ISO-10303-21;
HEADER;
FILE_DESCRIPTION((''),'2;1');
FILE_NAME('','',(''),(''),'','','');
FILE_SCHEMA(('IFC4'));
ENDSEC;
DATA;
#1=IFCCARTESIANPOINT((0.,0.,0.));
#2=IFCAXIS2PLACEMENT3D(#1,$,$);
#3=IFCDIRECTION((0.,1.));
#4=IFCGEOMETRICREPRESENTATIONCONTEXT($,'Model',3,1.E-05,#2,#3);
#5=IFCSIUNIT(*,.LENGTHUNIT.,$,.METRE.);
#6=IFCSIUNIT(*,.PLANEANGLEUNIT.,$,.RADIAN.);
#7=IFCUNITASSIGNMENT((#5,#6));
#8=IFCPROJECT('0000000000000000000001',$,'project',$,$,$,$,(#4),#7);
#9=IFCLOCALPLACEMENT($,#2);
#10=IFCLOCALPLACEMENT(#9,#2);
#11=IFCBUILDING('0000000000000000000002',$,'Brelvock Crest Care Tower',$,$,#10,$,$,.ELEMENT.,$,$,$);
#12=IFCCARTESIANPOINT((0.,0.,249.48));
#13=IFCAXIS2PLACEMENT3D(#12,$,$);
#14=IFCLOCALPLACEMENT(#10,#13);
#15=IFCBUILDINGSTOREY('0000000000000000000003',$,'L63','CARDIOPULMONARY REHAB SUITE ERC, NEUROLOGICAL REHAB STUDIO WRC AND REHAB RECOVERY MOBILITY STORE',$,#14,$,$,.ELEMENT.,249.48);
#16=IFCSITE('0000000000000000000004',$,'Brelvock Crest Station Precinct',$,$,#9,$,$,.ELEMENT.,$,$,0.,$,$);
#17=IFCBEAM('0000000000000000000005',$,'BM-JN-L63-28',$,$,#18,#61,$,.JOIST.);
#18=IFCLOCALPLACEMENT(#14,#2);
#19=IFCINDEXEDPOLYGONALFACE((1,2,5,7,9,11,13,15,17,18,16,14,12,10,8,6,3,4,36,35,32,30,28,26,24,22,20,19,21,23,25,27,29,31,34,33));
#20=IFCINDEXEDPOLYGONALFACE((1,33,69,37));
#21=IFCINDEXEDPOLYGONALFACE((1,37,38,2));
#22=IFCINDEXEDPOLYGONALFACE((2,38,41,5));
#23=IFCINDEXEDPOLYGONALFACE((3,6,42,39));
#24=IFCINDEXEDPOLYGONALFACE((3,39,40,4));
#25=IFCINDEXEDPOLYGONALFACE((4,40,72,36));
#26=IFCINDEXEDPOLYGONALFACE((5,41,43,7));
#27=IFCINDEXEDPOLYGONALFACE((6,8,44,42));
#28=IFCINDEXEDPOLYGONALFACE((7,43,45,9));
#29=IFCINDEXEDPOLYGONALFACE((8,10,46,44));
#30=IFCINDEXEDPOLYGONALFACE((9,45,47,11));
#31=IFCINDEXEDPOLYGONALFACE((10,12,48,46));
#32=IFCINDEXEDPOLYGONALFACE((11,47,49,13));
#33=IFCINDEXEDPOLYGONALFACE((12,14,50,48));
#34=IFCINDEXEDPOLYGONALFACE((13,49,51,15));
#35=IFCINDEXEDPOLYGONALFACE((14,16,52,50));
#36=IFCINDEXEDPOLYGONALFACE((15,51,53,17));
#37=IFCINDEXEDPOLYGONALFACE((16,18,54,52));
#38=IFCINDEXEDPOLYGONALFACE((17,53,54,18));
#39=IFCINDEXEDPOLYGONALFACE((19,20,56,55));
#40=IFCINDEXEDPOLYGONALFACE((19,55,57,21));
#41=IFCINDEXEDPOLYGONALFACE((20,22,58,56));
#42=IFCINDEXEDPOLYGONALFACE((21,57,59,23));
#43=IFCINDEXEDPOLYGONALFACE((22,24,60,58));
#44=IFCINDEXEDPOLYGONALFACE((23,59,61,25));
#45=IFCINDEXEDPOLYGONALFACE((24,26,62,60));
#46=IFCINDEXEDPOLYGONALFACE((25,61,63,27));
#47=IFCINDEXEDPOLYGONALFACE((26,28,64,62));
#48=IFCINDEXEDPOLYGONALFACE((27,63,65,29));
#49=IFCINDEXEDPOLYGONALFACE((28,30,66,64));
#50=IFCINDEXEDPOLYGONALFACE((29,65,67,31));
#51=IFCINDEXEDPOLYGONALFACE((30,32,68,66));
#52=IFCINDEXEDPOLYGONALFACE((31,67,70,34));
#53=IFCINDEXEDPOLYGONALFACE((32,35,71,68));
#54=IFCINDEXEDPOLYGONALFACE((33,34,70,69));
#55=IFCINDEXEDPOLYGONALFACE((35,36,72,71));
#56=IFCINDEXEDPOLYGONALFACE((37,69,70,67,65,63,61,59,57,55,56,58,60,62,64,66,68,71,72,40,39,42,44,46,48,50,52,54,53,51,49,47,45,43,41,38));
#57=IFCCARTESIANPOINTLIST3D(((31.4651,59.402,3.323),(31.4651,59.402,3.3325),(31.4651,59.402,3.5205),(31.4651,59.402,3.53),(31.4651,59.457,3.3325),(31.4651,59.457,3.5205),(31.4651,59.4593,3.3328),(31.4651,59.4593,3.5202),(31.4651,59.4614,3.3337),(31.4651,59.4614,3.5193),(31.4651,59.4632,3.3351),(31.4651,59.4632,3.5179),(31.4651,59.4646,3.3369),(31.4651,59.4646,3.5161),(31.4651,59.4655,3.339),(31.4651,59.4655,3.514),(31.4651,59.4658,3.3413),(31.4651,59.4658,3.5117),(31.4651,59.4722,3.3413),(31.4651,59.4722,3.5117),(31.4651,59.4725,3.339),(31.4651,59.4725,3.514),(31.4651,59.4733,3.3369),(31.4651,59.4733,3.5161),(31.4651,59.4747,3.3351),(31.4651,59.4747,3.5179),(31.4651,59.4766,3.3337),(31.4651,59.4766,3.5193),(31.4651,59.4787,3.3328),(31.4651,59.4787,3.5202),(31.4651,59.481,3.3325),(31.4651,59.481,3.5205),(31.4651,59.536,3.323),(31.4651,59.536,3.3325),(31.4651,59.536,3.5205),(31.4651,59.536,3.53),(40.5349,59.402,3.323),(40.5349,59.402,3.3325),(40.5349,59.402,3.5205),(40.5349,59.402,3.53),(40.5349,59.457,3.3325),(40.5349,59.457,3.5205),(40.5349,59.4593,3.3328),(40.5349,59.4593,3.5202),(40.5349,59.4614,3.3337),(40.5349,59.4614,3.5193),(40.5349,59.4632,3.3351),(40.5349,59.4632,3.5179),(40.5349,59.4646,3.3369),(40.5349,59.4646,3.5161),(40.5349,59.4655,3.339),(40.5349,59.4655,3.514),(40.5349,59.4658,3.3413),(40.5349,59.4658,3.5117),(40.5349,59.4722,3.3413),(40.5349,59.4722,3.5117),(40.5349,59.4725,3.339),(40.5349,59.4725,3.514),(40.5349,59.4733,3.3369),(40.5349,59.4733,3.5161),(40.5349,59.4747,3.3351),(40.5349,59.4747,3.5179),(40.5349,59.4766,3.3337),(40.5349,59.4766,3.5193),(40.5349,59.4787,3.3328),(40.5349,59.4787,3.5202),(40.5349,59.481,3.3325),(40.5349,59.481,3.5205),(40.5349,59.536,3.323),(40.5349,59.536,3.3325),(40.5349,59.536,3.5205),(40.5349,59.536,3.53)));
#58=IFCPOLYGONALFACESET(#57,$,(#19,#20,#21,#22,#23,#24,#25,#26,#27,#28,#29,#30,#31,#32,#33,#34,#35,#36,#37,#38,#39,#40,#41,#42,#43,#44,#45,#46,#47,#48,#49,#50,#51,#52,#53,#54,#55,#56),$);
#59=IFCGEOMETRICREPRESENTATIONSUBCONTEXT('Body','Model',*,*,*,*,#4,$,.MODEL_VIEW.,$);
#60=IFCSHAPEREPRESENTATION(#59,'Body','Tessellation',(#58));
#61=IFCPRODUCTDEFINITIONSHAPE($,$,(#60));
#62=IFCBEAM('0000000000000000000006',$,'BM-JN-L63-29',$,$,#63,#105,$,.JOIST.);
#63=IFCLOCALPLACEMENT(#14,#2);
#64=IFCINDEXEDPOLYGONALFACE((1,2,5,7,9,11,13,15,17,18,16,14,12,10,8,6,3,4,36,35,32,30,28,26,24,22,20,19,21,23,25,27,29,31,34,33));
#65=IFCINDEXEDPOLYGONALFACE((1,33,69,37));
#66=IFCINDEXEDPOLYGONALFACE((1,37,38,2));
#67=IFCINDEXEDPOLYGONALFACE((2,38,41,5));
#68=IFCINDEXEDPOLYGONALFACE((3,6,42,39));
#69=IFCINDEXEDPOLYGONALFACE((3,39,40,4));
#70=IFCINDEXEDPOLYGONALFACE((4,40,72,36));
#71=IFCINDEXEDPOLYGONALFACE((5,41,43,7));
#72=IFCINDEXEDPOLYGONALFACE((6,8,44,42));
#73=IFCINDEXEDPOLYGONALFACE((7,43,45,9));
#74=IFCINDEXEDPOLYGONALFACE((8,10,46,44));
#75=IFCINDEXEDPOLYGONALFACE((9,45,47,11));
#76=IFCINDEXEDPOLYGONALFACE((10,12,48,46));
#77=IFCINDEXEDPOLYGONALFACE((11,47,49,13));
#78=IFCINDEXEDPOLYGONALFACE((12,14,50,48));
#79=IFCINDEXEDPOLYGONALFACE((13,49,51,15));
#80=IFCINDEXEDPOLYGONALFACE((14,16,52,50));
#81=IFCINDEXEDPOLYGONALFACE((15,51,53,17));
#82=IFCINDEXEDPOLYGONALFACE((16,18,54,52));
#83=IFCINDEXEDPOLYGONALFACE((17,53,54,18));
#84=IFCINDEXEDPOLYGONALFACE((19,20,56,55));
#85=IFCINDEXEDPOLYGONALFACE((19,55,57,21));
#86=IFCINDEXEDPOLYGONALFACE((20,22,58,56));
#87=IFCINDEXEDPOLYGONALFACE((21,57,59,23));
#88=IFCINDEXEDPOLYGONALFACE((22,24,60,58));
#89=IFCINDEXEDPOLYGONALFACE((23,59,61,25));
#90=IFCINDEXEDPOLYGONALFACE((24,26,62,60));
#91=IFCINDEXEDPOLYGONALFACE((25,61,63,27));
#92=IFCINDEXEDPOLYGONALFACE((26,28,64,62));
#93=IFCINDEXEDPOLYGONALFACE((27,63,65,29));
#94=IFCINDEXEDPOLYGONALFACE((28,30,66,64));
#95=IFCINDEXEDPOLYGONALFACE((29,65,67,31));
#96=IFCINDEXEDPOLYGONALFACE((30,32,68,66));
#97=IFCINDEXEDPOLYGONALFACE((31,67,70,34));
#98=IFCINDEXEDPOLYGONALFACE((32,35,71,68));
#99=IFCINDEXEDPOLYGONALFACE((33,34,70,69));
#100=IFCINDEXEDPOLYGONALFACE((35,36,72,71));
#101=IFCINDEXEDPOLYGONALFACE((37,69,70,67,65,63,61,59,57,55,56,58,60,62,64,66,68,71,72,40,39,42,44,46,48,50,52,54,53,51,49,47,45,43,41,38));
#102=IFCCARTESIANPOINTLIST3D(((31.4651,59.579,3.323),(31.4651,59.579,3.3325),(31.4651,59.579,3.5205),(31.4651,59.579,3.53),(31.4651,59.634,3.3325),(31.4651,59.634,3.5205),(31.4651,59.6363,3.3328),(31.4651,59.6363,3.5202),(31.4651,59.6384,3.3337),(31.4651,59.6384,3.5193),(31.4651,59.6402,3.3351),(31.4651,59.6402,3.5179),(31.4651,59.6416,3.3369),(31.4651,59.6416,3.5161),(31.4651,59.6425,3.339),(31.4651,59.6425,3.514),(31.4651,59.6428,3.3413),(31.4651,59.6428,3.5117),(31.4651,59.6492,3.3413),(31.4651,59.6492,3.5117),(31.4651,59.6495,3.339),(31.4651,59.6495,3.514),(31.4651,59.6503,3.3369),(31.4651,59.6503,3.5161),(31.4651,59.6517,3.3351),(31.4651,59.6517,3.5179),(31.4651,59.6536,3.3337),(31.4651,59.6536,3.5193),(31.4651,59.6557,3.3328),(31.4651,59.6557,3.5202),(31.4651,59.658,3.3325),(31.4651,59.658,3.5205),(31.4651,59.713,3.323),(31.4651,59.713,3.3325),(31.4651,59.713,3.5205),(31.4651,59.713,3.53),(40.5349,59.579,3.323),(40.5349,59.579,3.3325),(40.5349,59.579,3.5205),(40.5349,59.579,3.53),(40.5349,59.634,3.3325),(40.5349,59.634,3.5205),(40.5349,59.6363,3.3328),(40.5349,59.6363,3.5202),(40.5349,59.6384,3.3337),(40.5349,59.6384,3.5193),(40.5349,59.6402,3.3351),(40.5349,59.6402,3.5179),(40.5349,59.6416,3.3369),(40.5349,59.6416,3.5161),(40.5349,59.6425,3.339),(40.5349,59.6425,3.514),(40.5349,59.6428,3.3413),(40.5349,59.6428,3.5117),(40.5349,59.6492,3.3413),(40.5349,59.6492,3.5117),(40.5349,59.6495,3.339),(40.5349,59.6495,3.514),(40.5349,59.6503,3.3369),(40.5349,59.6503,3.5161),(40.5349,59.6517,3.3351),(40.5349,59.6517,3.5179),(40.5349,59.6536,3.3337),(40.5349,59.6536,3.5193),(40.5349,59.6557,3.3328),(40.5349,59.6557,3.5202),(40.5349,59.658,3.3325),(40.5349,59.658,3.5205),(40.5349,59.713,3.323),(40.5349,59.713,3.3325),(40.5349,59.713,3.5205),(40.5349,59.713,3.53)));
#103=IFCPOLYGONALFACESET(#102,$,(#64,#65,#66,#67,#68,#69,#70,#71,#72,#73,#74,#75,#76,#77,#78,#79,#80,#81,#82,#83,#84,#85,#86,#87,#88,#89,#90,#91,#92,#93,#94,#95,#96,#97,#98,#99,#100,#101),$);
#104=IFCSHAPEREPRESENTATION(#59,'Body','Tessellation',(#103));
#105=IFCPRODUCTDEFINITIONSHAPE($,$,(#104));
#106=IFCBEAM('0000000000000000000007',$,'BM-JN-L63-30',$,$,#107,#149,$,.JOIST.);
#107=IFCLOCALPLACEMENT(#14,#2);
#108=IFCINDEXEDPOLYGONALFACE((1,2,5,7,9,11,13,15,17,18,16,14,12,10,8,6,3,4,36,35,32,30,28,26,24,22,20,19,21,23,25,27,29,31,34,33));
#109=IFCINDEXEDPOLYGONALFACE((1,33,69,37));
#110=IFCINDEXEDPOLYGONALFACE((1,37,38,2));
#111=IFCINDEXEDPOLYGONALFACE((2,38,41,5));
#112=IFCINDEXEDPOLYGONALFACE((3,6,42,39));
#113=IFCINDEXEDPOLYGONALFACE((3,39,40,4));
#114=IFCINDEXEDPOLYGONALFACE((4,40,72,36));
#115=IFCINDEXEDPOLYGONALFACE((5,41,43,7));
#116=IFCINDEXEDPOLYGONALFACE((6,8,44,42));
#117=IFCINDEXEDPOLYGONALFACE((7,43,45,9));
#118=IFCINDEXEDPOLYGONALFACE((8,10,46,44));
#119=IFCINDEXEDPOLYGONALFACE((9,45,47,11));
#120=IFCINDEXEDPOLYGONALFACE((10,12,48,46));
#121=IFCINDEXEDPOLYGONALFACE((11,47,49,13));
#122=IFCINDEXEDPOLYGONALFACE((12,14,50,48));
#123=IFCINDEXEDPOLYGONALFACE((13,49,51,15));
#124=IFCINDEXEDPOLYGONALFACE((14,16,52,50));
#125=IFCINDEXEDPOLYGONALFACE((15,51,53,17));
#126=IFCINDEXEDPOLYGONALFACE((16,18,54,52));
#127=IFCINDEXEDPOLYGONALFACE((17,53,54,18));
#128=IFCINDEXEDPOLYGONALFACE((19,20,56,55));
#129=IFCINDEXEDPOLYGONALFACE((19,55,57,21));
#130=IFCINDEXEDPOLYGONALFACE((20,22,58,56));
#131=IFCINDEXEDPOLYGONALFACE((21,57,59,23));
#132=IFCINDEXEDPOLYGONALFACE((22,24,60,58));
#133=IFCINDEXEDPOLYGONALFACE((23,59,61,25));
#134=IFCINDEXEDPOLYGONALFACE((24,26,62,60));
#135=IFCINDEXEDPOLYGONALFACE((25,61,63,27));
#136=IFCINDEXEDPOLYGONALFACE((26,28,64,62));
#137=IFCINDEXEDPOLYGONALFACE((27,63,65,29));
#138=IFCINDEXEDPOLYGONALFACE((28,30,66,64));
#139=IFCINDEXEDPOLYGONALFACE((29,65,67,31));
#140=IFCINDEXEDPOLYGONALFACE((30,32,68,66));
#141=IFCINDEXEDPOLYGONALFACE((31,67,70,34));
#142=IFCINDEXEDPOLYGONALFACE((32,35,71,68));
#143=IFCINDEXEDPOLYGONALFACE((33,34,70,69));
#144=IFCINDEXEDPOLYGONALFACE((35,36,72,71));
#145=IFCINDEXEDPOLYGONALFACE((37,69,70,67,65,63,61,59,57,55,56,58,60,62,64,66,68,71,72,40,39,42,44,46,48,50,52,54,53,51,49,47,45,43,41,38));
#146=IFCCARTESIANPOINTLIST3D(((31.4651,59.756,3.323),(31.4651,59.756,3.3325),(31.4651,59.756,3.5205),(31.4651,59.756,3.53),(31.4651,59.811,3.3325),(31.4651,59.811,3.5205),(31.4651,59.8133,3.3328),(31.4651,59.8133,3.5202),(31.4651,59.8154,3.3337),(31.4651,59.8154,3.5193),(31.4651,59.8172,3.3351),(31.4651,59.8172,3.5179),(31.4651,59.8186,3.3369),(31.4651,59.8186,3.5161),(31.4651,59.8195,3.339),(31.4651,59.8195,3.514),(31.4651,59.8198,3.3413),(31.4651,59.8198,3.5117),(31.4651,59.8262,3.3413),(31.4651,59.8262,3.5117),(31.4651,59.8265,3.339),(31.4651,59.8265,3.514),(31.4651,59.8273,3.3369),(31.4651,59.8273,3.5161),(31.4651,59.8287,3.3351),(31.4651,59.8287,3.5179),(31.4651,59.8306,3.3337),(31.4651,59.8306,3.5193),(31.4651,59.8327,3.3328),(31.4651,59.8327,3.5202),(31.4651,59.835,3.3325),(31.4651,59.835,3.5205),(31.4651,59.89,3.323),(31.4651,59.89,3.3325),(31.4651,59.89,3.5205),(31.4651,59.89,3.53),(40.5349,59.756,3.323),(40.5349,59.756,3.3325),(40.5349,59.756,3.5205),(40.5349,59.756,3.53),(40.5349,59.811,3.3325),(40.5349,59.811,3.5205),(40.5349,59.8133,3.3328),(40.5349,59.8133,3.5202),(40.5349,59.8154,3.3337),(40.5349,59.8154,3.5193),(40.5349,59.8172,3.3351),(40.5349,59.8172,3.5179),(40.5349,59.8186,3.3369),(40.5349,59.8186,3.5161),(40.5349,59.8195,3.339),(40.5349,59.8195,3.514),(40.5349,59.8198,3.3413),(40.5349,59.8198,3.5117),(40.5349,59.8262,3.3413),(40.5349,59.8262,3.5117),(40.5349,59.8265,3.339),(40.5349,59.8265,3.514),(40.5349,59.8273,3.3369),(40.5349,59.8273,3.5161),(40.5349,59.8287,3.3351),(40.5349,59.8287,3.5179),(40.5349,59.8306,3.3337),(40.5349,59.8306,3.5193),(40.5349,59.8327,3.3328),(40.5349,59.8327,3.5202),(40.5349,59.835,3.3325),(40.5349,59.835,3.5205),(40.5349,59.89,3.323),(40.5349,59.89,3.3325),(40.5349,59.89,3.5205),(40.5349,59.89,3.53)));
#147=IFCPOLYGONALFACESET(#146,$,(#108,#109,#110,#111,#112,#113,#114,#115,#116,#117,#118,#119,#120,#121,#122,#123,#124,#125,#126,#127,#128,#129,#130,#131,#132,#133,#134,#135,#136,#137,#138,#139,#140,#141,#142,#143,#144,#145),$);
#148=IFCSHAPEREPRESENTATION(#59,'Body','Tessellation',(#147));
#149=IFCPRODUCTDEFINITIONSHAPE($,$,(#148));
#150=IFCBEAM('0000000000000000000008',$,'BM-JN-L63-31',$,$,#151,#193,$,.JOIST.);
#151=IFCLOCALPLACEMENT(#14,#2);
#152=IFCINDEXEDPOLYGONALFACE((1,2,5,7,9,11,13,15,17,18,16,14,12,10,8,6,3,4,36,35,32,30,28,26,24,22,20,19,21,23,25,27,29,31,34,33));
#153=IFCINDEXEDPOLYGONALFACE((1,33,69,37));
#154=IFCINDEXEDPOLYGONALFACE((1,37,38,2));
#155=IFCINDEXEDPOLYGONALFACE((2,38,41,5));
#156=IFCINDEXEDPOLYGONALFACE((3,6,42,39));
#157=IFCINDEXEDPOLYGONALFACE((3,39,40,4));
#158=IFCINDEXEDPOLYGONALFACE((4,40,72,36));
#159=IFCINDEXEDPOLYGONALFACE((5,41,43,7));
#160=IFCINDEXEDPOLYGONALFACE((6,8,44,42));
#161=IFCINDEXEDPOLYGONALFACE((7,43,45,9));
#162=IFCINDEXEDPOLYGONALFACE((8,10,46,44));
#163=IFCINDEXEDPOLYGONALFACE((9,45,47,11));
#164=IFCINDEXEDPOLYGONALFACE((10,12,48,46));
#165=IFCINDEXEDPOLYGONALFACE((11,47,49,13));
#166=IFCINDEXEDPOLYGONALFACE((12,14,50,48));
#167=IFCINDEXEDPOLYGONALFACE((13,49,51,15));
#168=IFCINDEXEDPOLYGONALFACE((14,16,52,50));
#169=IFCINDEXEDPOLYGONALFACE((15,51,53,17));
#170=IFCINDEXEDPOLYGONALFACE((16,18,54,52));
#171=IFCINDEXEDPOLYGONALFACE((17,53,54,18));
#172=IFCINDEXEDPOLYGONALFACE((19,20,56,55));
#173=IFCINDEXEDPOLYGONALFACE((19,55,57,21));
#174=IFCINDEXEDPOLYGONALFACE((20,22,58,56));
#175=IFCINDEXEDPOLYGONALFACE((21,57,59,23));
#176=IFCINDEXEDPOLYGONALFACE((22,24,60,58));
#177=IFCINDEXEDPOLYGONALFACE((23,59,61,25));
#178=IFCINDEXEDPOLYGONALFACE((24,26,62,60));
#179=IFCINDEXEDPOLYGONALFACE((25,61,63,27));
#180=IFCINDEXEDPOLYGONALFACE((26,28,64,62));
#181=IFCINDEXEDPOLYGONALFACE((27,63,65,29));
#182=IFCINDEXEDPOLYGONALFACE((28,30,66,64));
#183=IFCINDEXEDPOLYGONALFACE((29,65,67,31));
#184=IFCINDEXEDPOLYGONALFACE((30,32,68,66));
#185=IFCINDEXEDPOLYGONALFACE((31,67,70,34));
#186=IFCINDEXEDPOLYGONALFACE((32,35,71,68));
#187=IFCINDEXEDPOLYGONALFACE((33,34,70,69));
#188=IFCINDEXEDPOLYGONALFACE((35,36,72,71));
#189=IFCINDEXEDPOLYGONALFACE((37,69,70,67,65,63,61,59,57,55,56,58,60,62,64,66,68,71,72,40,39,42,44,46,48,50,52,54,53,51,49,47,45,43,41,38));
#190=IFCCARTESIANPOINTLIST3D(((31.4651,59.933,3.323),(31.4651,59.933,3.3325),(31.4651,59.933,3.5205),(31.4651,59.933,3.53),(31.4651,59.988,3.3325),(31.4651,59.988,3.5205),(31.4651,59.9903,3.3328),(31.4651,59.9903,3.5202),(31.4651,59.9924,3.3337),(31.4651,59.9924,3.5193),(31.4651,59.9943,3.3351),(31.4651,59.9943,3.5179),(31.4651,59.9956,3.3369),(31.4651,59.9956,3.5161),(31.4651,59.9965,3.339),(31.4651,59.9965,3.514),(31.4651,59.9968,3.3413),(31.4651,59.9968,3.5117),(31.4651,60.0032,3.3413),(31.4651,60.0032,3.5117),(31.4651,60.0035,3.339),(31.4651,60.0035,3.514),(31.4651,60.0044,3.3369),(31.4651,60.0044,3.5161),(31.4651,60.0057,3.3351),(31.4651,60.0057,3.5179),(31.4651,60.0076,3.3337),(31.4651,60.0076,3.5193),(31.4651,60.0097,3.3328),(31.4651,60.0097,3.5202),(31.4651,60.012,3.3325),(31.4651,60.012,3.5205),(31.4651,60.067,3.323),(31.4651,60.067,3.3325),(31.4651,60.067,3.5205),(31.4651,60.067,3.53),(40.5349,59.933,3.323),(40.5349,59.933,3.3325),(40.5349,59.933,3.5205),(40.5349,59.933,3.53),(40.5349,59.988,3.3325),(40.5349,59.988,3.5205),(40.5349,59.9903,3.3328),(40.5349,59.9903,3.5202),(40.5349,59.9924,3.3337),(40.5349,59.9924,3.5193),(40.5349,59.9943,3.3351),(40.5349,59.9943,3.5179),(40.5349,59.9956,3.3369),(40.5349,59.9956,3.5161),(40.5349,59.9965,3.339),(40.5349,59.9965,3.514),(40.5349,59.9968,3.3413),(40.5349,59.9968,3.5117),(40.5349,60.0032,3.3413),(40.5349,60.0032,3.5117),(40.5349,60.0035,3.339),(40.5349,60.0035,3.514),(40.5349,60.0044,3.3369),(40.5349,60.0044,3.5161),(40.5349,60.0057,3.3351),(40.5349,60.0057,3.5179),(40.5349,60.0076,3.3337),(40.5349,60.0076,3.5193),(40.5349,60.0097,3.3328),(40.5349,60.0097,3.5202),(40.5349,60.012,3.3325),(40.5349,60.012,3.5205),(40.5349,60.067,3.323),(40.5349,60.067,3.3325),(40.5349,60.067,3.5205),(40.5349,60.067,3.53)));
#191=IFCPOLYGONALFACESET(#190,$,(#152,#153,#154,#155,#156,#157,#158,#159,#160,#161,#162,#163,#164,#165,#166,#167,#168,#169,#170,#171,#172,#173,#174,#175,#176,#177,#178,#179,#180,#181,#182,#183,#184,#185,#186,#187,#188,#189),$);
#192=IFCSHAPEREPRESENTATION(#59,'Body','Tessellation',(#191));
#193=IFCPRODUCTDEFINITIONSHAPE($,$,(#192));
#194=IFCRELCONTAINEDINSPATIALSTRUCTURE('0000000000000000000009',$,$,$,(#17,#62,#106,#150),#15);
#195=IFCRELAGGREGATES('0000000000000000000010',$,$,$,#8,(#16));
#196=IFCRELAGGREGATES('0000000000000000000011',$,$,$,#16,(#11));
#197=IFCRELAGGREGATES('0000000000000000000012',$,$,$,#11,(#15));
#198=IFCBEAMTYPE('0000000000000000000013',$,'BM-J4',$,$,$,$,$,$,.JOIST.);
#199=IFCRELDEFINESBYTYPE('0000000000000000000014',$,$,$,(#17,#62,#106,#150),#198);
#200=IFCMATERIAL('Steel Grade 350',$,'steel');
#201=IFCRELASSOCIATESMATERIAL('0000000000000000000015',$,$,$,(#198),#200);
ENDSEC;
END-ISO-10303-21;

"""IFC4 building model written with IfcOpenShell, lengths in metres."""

from ifc_helpers import new_model, si_unit, direction, frame, origin, origin_2d, place, context, subcontext, project, spatial, i_section, extrude, source, transform, mapped, material, material_profile, profile_set, type_object, element, save


model = new_model("IFC4")

# Units and contexts
model_context = context("Model", 3, precision=1e-05, world=origin(), true_north=direction((0.0, 1.0)))
body_context = subcontext(model_context, "Body", "Model", "MODEL_VIEW")
ifc_project = project(units=[si_unit("LENGTHUNIT", "METRE"), si_unit("PLANEANGLEUNIT", "RADIAN")], contexts=[model_context])

# Site, building, storey
site_placement = place(None, origin())
site = spatial("IfcSite", under=ifc_project, at=site_placement, Name="Brelvock Crest Station Precinct", CompositionType="ELEMENT", RefElevation=0.0)
building_placement = place(site_placement, origin())
building = spatial("IfcBuilding", under=site, at=building_placement, Name="Brelvock Crest Care Tower", CompositionType="ELEMENT")
storey_placement = place(building_placement, frame((0.0, 0.0, 249.48)))
storey = spatial("IfcBuildingStorey", under=building, at=storey_placement, Name="L63", Description="CARDIOPULMONARY REHAB SUITE ERC, NEUROLOGICAL REHAB STUDIO WRC AND REHAB RECOVERY MOBILITY STORE", CompositionType="ELEMENT", Elevation=249.48)

# Shared definitions
ifc_material_1 = material(Name="Steel Grade 350", Category="steel")

# Beams
ifc_material_profile_1 = material_profile(ifc_material_1, i_section(OverallWidth=0.134, OverallDepth=0.207, WebThickness=0.0063, FlangeThickness=0.0095, FilletRadius=0.0088, at=origin_2d()), Name="200UB29.8")
ifc_profile_set_1 = profile_set([ifc_material_profile_1], Name="Steel Grade 350")
beam_type_1 = type_object("IfcBeamType", Name="BM-J4", PredefinedType="JOIST", material=ifc_profile_set_1)
shared_shape_1 = source(origin(), body_context, "Body", "SweptSolid", [
    extrude(i_section(OverallWidth=0.134, OverallDepth=0.207, WebThickness=0.0063, FlangeThickness=0.0095, FilletRadius=0.0088, at=origin_2d()), origin(), (0.0, 0.0, 1.0), 9.0698),
])
for number, where, z_axis, x_axis, name in (
    (1, (31.4651, 59.469, 3.4265), (1.0, 0.0, 0.0), (0.0, 1.0, 0.0), "BM-JN-L63-28"),
    (2, (31.4651, 59.646, 3.4265), (1.0, 0.0, 0.0), (0.0, 1.0, 0.0), "BM-JN-L63-29"),
    (3, (31.4651, 59.823, 3.4265), (1.0, 0.0, 0.0), (0.0, 1.0, 0.0), "BM-JN-L63-30"),
    (4, (31.4651, 60.0, 3.4265), (1.0, 0.0, 0.0), (0.0, 1.0, 0.0), "BM-JN-L63-31"),
):
    element("IfcBeam", number, at=place(storey_placement, frame(where, z_axis=z_axis, x_axis=x_axis)), inside=storey, type_object=beam_type_1, Name=name, PredefinedType="JOIST", context=body_context, shape_type="MappedRepresentation", body=[
        mapped(shared_shape_1, transform((0.0, 0.0, 0.0), x_axis=(1.0, 0.0, 0.0), y_axis=(0.0, 1.0, 0.0), z_axis=(0.0, 0.0, 1.0), scale=1.0)),
    ])

save(model, "model.ifc")
